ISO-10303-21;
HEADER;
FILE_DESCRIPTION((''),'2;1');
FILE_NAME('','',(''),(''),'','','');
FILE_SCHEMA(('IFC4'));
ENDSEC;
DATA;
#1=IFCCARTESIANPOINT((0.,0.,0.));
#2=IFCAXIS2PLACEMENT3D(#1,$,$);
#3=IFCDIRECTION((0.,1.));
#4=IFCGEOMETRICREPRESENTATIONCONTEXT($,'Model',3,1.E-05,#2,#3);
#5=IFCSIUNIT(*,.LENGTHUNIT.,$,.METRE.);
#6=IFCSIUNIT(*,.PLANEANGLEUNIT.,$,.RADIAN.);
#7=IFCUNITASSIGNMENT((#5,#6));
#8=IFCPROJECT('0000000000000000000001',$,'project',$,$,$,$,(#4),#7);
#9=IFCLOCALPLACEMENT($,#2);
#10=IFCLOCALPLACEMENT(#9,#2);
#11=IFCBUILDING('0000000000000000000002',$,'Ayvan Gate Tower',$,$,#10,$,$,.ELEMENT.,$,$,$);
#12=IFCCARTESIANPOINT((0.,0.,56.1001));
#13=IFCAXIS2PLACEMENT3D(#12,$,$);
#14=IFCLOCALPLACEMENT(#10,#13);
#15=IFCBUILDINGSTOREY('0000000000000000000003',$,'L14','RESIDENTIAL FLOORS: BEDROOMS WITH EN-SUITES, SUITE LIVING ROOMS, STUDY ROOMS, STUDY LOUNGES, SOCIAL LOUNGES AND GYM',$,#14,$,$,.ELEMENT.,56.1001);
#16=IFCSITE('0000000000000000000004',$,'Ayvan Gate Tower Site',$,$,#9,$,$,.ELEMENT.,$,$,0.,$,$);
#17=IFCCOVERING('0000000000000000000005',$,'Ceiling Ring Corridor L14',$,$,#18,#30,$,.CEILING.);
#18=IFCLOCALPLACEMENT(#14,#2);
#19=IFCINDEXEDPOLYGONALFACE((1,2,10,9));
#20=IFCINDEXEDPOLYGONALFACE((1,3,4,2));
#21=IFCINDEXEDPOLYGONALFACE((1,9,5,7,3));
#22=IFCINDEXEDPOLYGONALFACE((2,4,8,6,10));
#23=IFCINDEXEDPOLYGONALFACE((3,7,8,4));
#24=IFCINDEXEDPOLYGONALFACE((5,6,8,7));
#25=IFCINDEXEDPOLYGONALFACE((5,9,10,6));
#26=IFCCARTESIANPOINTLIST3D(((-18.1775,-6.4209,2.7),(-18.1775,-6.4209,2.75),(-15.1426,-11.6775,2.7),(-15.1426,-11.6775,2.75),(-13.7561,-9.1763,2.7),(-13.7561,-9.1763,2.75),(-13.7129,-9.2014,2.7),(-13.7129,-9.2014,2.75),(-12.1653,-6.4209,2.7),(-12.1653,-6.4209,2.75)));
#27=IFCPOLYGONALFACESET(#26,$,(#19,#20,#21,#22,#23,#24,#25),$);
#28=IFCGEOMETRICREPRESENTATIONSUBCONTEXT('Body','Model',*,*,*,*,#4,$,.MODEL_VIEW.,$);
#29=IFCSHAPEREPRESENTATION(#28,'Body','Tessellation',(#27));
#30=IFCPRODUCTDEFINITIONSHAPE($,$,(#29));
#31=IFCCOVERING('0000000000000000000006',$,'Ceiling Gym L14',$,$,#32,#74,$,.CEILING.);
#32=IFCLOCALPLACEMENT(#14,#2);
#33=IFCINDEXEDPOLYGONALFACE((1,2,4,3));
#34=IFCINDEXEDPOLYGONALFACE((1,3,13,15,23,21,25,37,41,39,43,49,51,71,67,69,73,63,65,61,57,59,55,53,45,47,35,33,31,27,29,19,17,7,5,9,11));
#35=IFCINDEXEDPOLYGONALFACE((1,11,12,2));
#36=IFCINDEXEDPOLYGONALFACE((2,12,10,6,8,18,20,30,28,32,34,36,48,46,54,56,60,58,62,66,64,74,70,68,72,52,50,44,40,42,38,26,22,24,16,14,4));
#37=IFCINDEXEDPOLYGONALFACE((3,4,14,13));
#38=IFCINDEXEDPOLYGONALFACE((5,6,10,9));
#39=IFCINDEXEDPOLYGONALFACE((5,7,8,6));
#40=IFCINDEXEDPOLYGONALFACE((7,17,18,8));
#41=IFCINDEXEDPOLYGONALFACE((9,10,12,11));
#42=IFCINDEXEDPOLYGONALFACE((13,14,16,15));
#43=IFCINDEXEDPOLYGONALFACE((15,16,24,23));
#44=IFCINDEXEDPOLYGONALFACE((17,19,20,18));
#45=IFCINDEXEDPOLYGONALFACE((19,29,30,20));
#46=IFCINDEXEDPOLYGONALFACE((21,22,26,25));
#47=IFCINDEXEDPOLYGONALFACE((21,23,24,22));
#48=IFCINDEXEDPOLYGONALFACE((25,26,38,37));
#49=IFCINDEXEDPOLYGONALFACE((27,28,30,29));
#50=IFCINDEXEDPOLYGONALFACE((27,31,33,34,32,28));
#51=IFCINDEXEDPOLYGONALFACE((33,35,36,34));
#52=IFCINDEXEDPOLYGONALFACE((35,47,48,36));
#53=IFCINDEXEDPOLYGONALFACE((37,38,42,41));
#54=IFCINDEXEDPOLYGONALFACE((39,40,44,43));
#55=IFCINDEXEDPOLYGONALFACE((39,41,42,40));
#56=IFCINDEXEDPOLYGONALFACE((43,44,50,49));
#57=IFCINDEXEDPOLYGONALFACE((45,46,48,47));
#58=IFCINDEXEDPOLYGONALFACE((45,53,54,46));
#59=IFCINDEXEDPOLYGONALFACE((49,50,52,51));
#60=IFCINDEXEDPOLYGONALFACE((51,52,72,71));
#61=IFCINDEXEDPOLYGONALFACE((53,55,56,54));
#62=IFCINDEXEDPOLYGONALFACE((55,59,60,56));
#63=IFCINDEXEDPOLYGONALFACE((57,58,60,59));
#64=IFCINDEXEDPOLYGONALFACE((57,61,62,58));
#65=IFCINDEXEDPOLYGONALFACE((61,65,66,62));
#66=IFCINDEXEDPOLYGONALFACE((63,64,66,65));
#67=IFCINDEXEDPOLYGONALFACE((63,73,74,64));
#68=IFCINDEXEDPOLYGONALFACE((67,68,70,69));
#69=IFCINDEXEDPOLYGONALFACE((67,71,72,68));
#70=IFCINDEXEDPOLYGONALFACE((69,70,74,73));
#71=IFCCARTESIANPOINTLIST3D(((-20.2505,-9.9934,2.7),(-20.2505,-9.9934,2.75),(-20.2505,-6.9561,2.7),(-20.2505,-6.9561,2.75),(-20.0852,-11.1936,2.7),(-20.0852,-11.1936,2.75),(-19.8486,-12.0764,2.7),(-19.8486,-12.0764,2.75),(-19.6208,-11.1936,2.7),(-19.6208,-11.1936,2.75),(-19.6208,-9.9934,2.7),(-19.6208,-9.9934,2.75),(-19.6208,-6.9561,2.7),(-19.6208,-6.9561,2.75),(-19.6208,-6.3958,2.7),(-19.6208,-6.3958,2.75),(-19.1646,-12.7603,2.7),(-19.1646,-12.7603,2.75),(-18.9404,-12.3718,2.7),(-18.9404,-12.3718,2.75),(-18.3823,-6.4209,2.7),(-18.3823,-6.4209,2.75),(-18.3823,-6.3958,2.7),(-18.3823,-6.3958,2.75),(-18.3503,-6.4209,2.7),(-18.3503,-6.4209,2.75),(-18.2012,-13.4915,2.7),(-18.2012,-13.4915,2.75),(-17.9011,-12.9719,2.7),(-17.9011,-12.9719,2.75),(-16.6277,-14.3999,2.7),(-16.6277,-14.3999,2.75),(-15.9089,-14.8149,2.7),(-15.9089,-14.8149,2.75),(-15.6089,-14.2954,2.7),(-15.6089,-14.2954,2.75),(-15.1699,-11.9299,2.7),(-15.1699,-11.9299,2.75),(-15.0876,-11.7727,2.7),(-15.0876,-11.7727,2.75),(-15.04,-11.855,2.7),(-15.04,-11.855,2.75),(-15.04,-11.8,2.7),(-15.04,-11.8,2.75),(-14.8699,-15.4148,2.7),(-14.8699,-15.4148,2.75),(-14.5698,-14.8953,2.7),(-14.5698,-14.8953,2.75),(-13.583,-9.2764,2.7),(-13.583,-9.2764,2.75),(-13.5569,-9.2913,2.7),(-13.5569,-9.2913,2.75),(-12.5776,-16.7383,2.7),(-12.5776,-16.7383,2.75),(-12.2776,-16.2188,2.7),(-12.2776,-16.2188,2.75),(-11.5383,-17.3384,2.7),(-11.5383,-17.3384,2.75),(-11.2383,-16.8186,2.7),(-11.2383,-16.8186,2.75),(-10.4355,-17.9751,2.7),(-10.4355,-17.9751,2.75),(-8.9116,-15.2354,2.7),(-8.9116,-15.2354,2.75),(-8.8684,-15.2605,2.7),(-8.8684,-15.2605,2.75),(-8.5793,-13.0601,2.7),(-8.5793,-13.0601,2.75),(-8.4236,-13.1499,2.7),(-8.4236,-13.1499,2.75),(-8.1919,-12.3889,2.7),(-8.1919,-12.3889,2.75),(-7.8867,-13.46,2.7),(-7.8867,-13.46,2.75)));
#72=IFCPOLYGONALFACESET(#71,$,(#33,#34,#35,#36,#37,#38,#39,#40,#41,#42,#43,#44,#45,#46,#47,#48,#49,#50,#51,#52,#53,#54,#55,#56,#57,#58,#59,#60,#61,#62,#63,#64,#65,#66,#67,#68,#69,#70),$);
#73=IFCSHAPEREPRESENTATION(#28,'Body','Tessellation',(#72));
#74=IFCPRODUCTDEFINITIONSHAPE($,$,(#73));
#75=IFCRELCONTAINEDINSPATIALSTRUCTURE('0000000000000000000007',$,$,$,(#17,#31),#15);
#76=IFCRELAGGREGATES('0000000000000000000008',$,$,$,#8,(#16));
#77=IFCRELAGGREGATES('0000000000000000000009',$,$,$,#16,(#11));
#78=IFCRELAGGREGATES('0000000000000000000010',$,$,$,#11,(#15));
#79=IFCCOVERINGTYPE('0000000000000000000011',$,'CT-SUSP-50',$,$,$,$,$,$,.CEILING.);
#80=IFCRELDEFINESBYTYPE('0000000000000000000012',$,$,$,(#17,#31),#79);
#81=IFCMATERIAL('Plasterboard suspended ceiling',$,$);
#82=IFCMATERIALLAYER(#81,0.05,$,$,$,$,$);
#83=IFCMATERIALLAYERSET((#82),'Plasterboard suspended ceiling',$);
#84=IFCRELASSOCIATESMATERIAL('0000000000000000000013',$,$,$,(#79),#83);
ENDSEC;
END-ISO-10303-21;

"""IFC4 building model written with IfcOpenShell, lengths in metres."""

from ifc_helpers import new_model, si_unit, direction, frame, origin, place, context, subcontext, project, spatial, polyline, outline, extrude, material, layer, layer_set, type_object, element, save


model = new_model("IFC4")

# Units and contexts
model_context = context("Model", 3, precision=1e-05, world=origin(), true_north=direction((0.0, 1.0)))
body_context = subcontext(model_context, "Body", "Model", "MODEL_VIEW")
ifc_project = project(units=[si_unit("LENGTHUNIT", "METRE"), si_unit("PLANEANGLEUNIT", "RADIAN")], contexts=[model_context])

# Site, building, storey
site_placement = place(None, origin())
site = spatial("IfcSite", under=ifc_project, at=site_placement, Name="Ayvan Gate Tower Site", CompositionType="ELEMENT", RefElevation=0.0)
building_placement = place(site_placement, origin())
building = spatial("IfcBuilding", under=site, at=building_placement, Name="Ayvan Gate Tower", CompositionType="ELEMENT")
storey_placement = place(building_placement, frame((0.0, 0.0, 56.1001)))
storey = spatial("IfcBuildingStorey", under=building, at=storey_placement, Name="L14", Description="RESIDENTIAL FLOORS: BEDROOMS WITH EN-SUITES, SUITE LIVING ROOMS, STUDY ROOMS, STUDY LOUNGES, SOCIAL LOUNGES AND GYM", CompositionType="ELEMENT", Elevation=56.1001)

# Coverings
ifc_material_1 = material(Name="Plasterboard suspended ceiling")
ifc_layer_1 = layer(ifc_material_1, 0.05)
ifc_layer_set_1 = layer_set([ifc_layer_1], Name="Plasterboard suspended ceiling")
covering_type = type_object("IfcCoveringType", Name="CT-SUSP-50", PredefinedType="CEILING", material=ifc_layer_set_1)
covering_1_placement = place(storey_placement, frame((0.0, 0.0, 2.7)))
element("IfcCovering", 1, at=covering_1_placement, inside=storey, type_object=covering_type, Name="Ceiling Ring Corridor L14", PredefinedType="CEILING", context=body_context, shape_type="SweptSolid", body=[
    extrude(outline(polyline([(-15.1426, -11.6775), (-18.1775, -6.4209), (-12.1653, -6.4209), (-13.7561, -9.1763), (-13.7129, -9.2014), (-15.1426, -11.6775)])), origin(), (0.0, 0.0, 1.0), 0.05),
])
covering_2_placement = place(storey_placement, frame((0.0, 0.0, 2.7)))
element("IfcCovering", 2, at=covering_2_placement, inside=storey, type_object=covering_type, Name="Ceiling Gym L14", PredefinedType="CEILING", context=body_context, shape_type="SweptSolid", body=[
    extrude(outline(polyline([(-19.6208, -11.1936), (-19.6208, -9.9934), (-20.2505, -9.9934), (-20.2505, -6.9561), (-19.6208, -6.9561), (-19.6208, -6.3958), (-18.3823, -6.3958), (-18.3823, -6.4209), (-18.3503, -6.4209), (-15.1699, -11.9299), (-15.04, -11.855), (-15.0876, -11.7727), (-15.04, -11.8), (-13.583, -9.2764), (-13.5569, -9.2913), (-8.1919, -12.3889), (-8.5793, -13.0601), (-8.4236, -13.1499), (-7.8867, -13.46), (-8.9116, -15.2354), (-8.8684, -15.2605), (-10.4355, -17.9751), (-11.5383, -17.3384), (-11.2383, -16.8186), (-12.2776, -16.2188), (-12.5776, -16.7383), (-14.8699, -15.4148), (-14.5698, -14.8953), (-15.6089, -14.2954), (-15.9089, -14.8149), (-16.6277, -14.3999), (-18.2012, -13.4915), (-17.9011, -12.9719), (-18.9404, -12.3718), (-19.1646, -12.7603), (-19.8486, -12.0764), (-20.0852, -11.1936), (-19.6208, -11.1936)])), origin(), (0.0, 0.0, 1.0), 0.05),
])

save(model, "model.ifc")
